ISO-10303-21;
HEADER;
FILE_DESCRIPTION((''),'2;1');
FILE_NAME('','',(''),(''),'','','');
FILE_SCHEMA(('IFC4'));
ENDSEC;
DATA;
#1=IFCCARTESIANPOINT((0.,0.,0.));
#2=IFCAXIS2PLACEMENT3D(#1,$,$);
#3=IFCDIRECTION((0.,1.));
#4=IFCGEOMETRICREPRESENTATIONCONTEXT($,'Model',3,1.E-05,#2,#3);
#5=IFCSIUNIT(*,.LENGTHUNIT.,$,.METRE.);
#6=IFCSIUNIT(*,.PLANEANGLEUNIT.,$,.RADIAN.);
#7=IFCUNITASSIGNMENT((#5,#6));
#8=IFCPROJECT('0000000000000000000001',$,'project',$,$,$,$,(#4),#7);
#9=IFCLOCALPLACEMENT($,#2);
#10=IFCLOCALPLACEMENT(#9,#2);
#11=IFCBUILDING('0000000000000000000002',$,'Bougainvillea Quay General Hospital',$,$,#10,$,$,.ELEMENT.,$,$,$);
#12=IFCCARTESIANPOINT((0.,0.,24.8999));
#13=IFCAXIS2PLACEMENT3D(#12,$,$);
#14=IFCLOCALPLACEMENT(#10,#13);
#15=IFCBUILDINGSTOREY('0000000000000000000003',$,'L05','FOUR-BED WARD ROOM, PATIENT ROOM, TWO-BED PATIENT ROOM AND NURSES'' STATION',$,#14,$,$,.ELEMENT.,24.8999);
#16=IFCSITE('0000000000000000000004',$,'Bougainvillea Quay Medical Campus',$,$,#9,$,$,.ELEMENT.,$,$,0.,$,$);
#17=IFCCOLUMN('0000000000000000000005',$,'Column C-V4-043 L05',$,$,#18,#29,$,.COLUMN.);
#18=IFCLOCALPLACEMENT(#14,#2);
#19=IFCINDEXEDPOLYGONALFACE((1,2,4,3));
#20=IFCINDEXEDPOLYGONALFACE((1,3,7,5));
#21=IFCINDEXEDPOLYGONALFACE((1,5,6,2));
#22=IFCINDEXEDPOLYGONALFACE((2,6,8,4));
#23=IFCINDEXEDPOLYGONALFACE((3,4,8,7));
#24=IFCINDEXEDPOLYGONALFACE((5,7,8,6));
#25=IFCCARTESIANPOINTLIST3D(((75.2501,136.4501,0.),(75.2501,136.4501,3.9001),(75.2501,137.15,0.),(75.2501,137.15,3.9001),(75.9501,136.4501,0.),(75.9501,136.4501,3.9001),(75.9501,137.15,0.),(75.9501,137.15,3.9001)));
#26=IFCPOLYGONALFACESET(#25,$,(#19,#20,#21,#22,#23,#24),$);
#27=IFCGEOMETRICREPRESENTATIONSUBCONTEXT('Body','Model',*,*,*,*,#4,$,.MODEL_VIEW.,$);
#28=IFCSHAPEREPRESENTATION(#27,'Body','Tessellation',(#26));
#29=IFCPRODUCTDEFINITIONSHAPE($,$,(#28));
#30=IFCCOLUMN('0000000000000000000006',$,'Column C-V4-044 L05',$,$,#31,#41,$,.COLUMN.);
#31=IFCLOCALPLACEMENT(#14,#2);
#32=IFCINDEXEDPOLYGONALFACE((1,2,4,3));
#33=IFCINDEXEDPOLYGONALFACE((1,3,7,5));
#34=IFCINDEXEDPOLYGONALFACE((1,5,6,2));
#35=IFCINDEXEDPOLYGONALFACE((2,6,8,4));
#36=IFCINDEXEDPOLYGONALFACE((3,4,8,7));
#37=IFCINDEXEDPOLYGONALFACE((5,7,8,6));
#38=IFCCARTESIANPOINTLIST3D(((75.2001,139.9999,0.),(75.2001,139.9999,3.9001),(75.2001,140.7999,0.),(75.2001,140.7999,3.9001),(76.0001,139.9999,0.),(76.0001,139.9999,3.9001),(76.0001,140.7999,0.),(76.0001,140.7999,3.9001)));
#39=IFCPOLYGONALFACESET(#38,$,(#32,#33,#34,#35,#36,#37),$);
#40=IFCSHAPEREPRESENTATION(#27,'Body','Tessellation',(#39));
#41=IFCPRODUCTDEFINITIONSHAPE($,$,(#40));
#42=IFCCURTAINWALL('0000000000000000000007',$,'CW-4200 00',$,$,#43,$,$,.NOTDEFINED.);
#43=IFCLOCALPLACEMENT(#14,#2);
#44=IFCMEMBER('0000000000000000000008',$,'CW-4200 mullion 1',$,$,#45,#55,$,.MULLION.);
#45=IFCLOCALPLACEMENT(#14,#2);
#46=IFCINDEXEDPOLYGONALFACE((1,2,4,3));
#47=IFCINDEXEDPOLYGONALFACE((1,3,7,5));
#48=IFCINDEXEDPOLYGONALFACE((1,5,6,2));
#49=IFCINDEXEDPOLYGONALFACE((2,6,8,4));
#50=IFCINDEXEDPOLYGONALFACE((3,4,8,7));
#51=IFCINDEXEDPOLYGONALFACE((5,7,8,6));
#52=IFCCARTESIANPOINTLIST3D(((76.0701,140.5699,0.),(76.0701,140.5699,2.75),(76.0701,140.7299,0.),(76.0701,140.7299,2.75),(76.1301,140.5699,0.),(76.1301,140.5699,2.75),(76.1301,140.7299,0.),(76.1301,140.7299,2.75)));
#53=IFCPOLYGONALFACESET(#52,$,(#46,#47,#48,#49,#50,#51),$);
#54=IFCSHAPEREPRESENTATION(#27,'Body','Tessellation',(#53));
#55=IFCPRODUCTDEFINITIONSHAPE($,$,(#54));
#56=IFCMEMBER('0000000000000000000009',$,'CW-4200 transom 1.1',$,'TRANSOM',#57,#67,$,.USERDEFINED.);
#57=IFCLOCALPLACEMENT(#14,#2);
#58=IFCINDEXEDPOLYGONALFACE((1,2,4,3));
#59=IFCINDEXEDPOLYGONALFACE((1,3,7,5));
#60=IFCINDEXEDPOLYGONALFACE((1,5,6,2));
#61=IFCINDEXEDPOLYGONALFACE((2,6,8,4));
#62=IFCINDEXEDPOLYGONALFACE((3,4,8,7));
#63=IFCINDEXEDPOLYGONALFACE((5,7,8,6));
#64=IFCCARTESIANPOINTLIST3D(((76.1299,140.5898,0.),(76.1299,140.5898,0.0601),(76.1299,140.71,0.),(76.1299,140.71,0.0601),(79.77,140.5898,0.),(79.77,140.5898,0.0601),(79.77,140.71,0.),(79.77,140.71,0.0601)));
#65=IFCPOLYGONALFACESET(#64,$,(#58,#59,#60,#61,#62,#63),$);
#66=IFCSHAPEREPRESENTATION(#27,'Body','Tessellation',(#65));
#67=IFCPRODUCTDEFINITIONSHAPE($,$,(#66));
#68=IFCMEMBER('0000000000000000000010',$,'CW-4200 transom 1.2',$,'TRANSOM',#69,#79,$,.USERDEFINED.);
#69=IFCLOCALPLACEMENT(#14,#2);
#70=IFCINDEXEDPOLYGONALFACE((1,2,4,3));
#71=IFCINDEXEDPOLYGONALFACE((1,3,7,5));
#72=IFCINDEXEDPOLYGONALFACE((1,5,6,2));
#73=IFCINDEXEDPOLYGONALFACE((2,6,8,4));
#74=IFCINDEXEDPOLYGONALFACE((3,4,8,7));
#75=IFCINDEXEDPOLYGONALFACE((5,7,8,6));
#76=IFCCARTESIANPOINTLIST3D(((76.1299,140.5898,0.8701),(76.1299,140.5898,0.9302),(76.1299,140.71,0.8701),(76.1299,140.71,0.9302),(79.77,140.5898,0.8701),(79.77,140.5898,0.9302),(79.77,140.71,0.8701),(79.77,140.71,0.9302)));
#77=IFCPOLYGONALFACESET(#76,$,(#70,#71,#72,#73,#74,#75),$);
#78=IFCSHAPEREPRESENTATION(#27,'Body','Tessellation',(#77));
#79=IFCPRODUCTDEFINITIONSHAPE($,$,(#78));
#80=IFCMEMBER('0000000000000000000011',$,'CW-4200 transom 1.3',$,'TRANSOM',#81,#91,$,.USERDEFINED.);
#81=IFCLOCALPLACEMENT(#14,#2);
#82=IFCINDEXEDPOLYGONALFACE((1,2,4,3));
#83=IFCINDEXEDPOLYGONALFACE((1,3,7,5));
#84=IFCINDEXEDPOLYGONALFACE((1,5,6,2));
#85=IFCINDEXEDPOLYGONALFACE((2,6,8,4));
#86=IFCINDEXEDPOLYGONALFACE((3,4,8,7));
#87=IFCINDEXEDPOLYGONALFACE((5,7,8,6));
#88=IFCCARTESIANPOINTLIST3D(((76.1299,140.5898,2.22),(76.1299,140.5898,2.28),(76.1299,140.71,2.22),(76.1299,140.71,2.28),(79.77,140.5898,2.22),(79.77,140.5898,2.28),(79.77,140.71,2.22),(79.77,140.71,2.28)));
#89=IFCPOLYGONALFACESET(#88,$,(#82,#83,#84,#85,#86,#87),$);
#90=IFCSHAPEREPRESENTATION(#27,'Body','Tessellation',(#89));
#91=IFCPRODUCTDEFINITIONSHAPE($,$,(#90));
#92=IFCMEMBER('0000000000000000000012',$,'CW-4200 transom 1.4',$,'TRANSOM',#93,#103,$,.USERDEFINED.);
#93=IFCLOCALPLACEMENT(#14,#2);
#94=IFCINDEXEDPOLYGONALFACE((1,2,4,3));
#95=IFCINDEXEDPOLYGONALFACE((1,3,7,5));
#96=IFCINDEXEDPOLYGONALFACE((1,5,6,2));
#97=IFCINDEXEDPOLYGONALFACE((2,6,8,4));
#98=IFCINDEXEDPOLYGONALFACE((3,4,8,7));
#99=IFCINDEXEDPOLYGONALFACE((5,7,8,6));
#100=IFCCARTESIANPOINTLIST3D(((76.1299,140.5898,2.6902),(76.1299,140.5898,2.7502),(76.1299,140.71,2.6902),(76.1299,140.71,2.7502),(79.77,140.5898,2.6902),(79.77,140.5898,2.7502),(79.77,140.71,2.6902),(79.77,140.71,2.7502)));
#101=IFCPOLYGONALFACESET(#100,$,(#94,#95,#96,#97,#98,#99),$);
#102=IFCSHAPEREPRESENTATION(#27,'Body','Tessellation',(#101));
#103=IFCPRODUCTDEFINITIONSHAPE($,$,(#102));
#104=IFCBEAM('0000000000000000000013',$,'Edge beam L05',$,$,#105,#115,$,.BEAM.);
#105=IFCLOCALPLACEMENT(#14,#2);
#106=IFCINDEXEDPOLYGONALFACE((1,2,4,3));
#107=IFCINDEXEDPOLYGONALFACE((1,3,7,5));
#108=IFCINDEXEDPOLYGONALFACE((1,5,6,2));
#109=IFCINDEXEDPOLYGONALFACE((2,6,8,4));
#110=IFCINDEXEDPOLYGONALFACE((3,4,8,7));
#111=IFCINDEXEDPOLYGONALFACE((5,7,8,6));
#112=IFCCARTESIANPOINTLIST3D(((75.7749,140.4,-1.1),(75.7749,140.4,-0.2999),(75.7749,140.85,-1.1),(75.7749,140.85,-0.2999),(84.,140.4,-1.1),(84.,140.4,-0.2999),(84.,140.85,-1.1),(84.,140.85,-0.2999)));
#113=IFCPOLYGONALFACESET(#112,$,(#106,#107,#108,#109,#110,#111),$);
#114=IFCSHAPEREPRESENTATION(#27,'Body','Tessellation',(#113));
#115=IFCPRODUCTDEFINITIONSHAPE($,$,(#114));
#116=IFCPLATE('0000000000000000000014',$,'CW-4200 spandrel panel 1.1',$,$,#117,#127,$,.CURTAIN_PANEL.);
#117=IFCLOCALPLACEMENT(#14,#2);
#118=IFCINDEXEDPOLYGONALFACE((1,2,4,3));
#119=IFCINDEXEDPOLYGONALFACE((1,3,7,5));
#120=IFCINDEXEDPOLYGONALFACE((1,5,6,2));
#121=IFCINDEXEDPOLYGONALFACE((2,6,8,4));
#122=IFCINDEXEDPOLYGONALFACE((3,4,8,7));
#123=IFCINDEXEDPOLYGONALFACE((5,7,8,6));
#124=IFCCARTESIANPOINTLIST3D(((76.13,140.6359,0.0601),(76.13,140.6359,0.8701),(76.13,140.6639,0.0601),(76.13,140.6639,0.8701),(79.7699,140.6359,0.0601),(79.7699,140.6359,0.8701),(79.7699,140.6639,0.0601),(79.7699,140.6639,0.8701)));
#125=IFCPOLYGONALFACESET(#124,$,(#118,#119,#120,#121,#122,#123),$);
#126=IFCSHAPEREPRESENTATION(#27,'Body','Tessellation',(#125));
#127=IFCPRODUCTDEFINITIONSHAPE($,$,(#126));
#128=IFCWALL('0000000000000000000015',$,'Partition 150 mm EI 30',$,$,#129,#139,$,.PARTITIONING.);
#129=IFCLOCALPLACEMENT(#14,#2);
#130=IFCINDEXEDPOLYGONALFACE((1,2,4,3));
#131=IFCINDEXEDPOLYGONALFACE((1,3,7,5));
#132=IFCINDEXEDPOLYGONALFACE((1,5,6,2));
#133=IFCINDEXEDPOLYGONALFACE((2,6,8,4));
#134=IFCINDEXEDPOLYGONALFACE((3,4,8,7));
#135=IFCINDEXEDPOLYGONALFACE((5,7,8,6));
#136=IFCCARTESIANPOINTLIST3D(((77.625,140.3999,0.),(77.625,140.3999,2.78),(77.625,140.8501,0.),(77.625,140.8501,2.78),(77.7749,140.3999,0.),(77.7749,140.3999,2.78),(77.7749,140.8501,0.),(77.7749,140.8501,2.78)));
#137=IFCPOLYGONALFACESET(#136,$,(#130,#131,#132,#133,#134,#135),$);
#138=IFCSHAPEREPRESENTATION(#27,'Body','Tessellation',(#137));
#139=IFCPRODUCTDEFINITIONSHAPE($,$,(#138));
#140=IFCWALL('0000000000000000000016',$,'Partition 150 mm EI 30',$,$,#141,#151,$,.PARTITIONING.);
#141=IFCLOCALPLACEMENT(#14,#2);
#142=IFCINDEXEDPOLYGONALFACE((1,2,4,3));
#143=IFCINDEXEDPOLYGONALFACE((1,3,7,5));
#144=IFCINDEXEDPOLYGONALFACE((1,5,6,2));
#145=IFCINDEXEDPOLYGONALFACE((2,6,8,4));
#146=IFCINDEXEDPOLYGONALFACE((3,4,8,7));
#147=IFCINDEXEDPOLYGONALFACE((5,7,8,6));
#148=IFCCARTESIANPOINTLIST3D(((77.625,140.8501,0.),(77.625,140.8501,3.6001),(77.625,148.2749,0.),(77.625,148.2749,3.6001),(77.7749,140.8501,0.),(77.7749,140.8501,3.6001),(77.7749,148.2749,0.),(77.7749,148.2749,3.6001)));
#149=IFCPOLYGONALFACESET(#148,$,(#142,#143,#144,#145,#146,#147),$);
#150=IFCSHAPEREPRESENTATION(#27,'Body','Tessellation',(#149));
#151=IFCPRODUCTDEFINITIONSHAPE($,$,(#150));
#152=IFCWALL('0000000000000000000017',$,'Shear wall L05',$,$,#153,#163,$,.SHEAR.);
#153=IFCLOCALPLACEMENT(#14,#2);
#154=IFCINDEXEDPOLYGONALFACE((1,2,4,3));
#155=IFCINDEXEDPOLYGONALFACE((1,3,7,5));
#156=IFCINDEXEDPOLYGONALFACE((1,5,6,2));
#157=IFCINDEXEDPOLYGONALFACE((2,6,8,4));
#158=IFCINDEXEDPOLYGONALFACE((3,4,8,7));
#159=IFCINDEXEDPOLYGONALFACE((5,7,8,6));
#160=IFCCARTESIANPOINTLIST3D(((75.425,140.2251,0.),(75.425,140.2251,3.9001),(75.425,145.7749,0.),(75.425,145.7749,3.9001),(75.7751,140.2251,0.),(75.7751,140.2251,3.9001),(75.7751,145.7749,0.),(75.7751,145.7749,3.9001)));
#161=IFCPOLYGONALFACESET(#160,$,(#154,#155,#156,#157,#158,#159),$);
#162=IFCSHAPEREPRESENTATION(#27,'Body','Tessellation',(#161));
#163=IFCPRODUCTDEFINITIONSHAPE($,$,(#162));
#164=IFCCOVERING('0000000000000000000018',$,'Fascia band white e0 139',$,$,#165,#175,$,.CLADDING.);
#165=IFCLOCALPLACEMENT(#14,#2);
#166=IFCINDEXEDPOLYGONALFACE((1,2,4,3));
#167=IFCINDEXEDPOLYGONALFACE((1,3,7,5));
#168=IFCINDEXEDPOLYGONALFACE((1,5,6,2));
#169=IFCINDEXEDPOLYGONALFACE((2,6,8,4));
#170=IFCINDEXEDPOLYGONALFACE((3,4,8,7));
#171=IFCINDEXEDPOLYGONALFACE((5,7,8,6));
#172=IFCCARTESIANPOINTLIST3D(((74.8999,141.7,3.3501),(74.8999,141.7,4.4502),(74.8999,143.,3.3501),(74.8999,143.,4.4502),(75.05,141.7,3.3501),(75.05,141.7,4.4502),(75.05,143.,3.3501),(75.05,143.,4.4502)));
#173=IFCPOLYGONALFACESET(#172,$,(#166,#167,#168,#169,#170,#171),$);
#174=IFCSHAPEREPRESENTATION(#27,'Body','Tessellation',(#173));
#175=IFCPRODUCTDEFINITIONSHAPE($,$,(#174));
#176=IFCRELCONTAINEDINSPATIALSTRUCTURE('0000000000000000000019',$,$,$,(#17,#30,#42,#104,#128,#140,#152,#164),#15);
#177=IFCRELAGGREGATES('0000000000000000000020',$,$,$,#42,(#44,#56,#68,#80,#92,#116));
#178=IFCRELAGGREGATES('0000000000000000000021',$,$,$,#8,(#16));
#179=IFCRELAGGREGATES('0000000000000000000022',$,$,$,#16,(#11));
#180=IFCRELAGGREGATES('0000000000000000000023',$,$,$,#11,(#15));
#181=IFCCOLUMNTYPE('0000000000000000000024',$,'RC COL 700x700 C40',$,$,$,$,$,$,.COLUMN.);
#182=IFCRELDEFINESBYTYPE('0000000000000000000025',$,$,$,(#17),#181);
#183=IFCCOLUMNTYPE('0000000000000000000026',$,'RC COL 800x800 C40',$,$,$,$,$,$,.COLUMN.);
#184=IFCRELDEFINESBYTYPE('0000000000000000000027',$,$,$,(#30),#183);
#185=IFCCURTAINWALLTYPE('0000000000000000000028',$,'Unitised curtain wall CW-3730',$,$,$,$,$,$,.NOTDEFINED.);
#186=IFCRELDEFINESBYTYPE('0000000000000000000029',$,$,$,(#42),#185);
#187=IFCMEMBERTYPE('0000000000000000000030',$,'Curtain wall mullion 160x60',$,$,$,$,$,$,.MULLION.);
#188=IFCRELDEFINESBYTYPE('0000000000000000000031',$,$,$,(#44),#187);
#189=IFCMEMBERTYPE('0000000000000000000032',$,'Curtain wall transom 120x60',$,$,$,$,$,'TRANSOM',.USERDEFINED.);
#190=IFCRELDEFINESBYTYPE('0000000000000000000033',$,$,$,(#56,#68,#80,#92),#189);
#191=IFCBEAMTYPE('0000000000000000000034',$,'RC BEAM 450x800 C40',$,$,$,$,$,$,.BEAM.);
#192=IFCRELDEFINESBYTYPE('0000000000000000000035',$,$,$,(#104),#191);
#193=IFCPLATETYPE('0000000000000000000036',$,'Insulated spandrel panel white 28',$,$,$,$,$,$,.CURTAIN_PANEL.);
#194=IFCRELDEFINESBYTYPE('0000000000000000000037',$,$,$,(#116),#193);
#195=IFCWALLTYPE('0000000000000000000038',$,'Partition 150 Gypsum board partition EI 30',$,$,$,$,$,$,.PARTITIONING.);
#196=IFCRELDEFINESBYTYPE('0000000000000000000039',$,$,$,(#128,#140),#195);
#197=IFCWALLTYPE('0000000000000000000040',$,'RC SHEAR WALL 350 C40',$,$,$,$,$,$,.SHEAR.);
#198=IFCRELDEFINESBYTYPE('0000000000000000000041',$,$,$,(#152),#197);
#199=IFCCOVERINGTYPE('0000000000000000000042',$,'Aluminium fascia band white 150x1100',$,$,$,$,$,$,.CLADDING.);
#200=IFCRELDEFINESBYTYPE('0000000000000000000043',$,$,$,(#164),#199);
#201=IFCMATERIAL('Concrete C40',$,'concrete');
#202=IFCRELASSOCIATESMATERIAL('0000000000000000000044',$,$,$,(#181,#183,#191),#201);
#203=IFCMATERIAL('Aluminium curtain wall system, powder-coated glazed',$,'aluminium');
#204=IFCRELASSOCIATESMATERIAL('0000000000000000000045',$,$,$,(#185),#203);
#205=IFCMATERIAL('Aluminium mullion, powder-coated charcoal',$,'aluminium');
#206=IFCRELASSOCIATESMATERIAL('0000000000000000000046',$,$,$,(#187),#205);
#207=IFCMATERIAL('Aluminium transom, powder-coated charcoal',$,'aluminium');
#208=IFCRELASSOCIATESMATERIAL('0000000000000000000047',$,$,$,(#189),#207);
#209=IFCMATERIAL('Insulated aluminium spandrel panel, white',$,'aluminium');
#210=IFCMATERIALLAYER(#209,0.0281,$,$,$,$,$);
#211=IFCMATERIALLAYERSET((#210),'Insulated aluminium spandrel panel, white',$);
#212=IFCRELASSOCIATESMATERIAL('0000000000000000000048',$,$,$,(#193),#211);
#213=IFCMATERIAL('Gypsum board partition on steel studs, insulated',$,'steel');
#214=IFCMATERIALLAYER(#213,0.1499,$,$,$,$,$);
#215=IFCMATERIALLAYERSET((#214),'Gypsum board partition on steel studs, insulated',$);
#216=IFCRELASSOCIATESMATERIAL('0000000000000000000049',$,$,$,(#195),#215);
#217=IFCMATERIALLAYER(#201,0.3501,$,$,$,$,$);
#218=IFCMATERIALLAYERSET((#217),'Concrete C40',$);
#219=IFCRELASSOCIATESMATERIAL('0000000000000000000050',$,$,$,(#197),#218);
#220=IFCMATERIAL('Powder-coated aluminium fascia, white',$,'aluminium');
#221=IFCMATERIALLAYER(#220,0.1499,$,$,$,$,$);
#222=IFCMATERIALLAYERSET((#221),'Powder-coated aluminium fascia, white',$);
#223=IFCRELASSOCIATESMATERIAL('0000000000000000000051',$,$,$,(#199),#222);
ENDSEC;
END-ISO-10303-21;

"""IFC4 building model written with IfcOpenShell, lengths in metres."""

from ifc_helpers import new_model, si_unit, direction, frame, frame_2d, origin, origin_2d, place, context, subcontext, project, spatial, polyline, rectangle, outline, extrude, material, layer, layer_set, material_profile, profile_set, type_object, element, aggregate, save


model = new_model("IFC4")

# Units and contexts
model_context = context("Model", 3, precision=1e-05, world=origin(), true_north=direction((0.0, 1.0)))
body_context = subcontext(model_context, "Body", "Model", "MODEL_VIEW")
ifc_project = project(units=[si_unit("LENGTHUNIT", "METRE"), si_unit("PLANEANGLEUNIT", "RADIAN")], contexts=[model_context])

# Site, building, storey
site_placement = place(None, origin())
site = spatial("IfcSite", under=ifc_project, at=site_placement, Name="Bougainvillea Quay Medical Campus", CompositionType="ELEMENT", RefElevation=0.0)
building_placement = place(site_placement, origin())
building = spatial("IfcBuilding", under=site, at=building_placement, Name="Bougainvillea Quay General Hospital", CompositionType="ELEMENT")
storey_placement = place(building_placement, frame((0.0, 0.0, 24.8999)))
storey = spatial("IfcBuildingStorey", under=building, at=storey_placement, Name="L05", Description="FOUR-BED WARD ROOM, PATIENT ROOM, TWO-BED PATIENT ROOM AND NURSES' STATION", CompositionType="ELEMENT", Elevation=24.8999)

# Columns
ifc_material_1 = material(Name="Concrete C40", Category="concrete")
ifc_material_profile_1 = material_profile(ifc_material_1, rectangle(XDim=0.7, YDim=0.7, at=origin_2d()))
ifc_profile_set_1 = profile_set([ifc_material_profile_1], Name="Concrete C40")
column_type_1 = type_object("IfcColumnType", Name="RC COL 700x700 C40", PredefinedType="COLUMN", material=ifc_profile_set_1)
column_1_placement = place(storey_placement, frame((75.6001, 136.8, 0.0), z_axis=(0.0, 0.0, 1.0), x_axis=(1.0, 0.0, 0.0)))
element("IfcColumn", 1, at=column_1_placement, inside=storey, type_object=column_type_1, Name="Column C-V4-043 L05", PredefinedType="COLUMN", context=body_context, shape_type="SweptSolid", body=[
    extrude(rectangle(XDim=0.7, YDim=0.7, at=origin_2d()), origin(), (0.0, 0.0, 1.0), 3.9001),
])
ifc_material_profile_2 = material_profile(ifc_material_1, rectangle(XDim=0.8, YDim=0.8, at=origin_2d()))
ifc_profile_set_2 = profile_set([ifc_material_profile_2], Name="Concrete C40")
column_type_2 = type_object("IfcColumnType", Name="RC COL 800x800 C40", PredefinedType="COLUMN", material=ifc_profile_set_2)
column_2_placement = place(storey_placement, frame((75.6001, 140.3999, 0.0), z_axis=(0.0, 0.0, 1.0), x_axis=(1.0, 0.0, 0.0)))
element("IfcColumn", 2, at=column_2_placement, inside=storey, type_object=column_type_2, Name="Column C-V4-044 L05", PredefinedType="COLUMN", context=body_context, shape_type="SweptSolid", body=[
    extrude(rectangle(XDim=0.8, YDim=0.8, at=origin_2d()), origin(), (0.0, 0.0, 1.0), 3.9001),
])

# Curtain wall, members
ifc_material_2 = material(Name="Aluminium curtain wall system, powder-coated glazed", Category="aluminium")
curtain_wall_type = type_object("IfcCurtainWallType", Name="Unitised curtain wall CW-3730", PredefinedType="NOTDEFINED", material=ifc_material_2)
curtain_wall_placement = place(storey_placement, origin())
curtain_wall = element("IfcCurtainWall", 3, at=curtain_wall_placement, inside=storey, type_object=curtain_wall_type, Name="CW-4200 00", PredefinedType="NOTDEFINED")
ifc_material_3 = material(Name="Aluminium mullion, powder-coated charcoal", Category="aluminium")
ifc_material_profile_3 = material_profile(ifc_material_3, rectangle(XDim=0.1599, YDim=0.0601, at=origin_2d()))
ifc_profile_set_3 = profile_set([ifc_material_profile_3], Name="Aluminium mullion, powder-coated charcoal")
member_type_1 = type_object("IfcMemberType", Name="Curtain wall mullion 160x60", PredefinedType="MULLION", material=ifc_profile_set_3)
member_1_placement = place(storey_placement, frame((76.1001, 140.6499, 0.0), z_axis=(0.0, 0.0, 1.0), x_axis=(0.0, 1.0, 0.0)))
member_1 = element("IfcMember", 4, at=member_1_placement, type_object=member_type_1, Name="CW-4200 mullion 1", PredefinedType="MULLION", context=body_context, shape_type="SweptSolid", body=[
    extrude(rectangle(XDim=0.1599, YDim=0.0601, at=origin_2d()), origin(), (0.0, 0.0, 1.0), 2.75),
])
ifc_material_4 = material(Name="Aluminium transom, powder-coated charcoal", Category="aluminium")
ifc_material_profile_4 = material_profile(ifc_material_4, rectangle(XDim=0.1201, YDim=0.0601, at=origin_2d()))
ifc_profile_set_4 = profile_set([ifc_material_profile_4], Name="Aluminium transom, powder-coated charcoal")
member_type_2 = type_object("IfcMemberType", Name="Curtain wall transom 120x60", ElementType="TRANSOM", PredefinedType="USERDEFINED", material=ifc_profile_set_4)
member_2_placement = place(storey_placement, frame((76.1299, 140.6499, 0.03), z_axis=(1.0, 0.0, 0.0), x_axis=(0.0, 1.0, 0.0)))
member_2 = element("IfcMember", 5, at=member_2_placement, type_object=member_type_2, Name="CW-4200 transom 1.1", ObjectType="TRANSOM", PredefinedType="USERDEFINED", context=body_context, shape_type="SweptSolid", body=[
    extrude(rectangle(XDim=0.1201, YDim=0.0601, at=origin_2d()), origin(), (0.0, 0.0, 1.0), 3.6401),
])
member_3_placement = place(storey_placement, frame((76.1299, 140.6499, 0.9001), z_axis=(1.0, 0.0, 0.0), x_axis=(0.0, 1.0, 0.0)))
member_3 = element("IfcMember", 6, at=member_3_placement, type_object=member_type_2, Name="CW-4200 transom 1.2", ObjectType="TRANSOM", PredefinedType="USERDEFINED", context=body_context, shape_type="SweptSolid", body=[
    extrude(rectangle(XDim=0.1201, YDim=0.0601, at=origin_2d()), origin(), (0.0, 0.0, 1.0), 3.6401),
])
member_4_placement = place(storey_placement, frame((76.1299, 140.6499, 2.25), z_axis=(1.0, 0.0, 0.0), x_axis=(0.0, 1.0, 0.0)))
member_4 = element("IfcMember", 7, at=member_4_placement, type_object=member_type_2, Name="CW-4200 transom 1.3", ObjectType="TRANSOM", PredefinedType="USERDEFINED", context=body_context, shape_type="SweptSolid", body=[
    extrude(rectangle(XDim=0.1201, YDim=0.0601, at=origin_2d()), origin(), (0.0, 0.0, 1.0), 3.6401),
])
member_5_placement = place(storey_placement, frame((76.1299, 140.6499, 2.7202), z_axis=(1.0, 0.0, 0.0), x_axis=(0.0, 1.0, 0.0)))
member_5 = element("IfcMember", 8, at=member_5_placement, type_object=member_type_2, Name="CW-4200 transom 1.4", ObjectType="TRANSOM", PredefinedType="USERDEFINED", context=body_context, shape_type="SweptSolid", body=[
    extrude(rectangle(XDim=0.1201, YDim=0.0601, at=origin_2d()), origin(), (0.0, 0.0, 1.0), 3.6401),
])

# Beam
ifc_material_profile_5 = material_profile(ifc_material_1, rectangle(XDim=0.45, YDim=0.8, at=origin_2d()))
ifc_profile_set_5 = profile_set([ifc_material_profile_5], Name="Concrete C40")
beam_type = type_object("IfcBeamType", Name="RC BEAM 450x800 C40", PredefinedType="BEAM", material=ifc_profile_set_5)
beam_placement = place(storey_placement, frame((75.7749, 140.625, -0.7), z_axis=(1.0, 0.0, 0.0), x_axis=(0.0, 1.0, 0.0)))
element("IfcBeam", 9, at=beam_placement, inside=storey, type_object=beam_type, Name="Edge beam L05", PredefinedType="BEAM", context=body_context, shape_type="SweptSolid", body=[
    extrude(rectangle(XDim=0.45, YDim=0.8, at=origin_2d()), origin(), (0.0, 0.0, 1.0), 8.2251),
])

# Plate
ifc_material_5 = material(Name="Insulated aluminium spandrel panel, white", Category="aluminium")
ifc_layer_1 = layer(ifc_material_5, 0.0281)
ifc_layer_set_1 = layer_set([ifc_layer_1], Name="Insulated aluminium spandrel panel, white")
plate_type = type_object("IfcPlateType", Name="Insulated spandrel panel white 28", PredefinedType="CURTAIN_PANEL", material=ifc_layer_set_1)
plate_placement = place(storey_placement, frame((77.95, 140.6499, 0.0601), z_axis=(0.0, 0.0, 1.0), x_axis=(1.0, 0.0, 0.0)))
plate = element("IfcPlate", 10, at=plate_placement, type_object=plate_type, Name="CW-4200 spandrel panel 1.1", PredefinedType="CURTAIN_PANEL", context=body_context, shape_type="SweptSolid", body=[
    extrude(rectangle(XDim=3.6399, YDim=0.0281, at=origin_2d()), origin(), (0.0, 0.0, 1.0), 0.8101),
])
aggregate(curtain_wall, [member_1, member_2, member_3, member_4, member_5, plate])

# Walls
ifc_material_6 = material(Name="Gypsum board partition on steel studs, insulated", Category="steel")
ifc_layer_2 = layer(ifc_material_6, 0.1499)
ifc_layer_set_2 = layer_set([ifc_layer_2], Name="Gypsum board partition on steel studs, insulated")
wall_type_1 = type_object("IfcWallType", Name="Partition 150 Gypsum board partition EI 30", PredefinedType="PARTITIONING", material=ifc_layer_set_2)
wall_1_placement = place(storey_placement, frame((77.7, 140.3999, 0.0), z_axis=(0.0, 0.0, 1.0), x_axis=(0.0, 1.0, 0.0)))
element("IfcWall", 11, at=wall_1_placement, inside=storey, type_object=wall_type_1, Name="Partition 150 mm EI 30", PredefinedType="PARTITIONING", context=body_context, shape_type="SweptSolid", body=[
    extrude(rectangle(XDim=0.4502, YDim=0.1499, at=frame_2d((0.2251, 0.0))), origin(), (0.0, 0.0, 1.0), 2.78),
])
wall_2_placement = place(storey_placement, frame((77.7, 140.8501, 0.0), z_axis=(0.0, 0.0, 1.0), x_axis=(0.0, 1.0, 0.0)))
element("IfcWall", 12, at=wall_2_placement, inside=storey, type_object=wall_type_1, Name="Partition 150 mm EI 30", PredefinedType="PARTITIONING", context=body_context, shape_type="SweptSolid", body=[
    extrude(rectangle(XDim=7.4248, YDim=0.1499, at=frame_2d((3.7124, 0.0))), origin(), (0.0, 0.0, 1.0), 3.6001),
])
ifc_layer_3 = layer(ifc_material_1, 0.3501)
ifc_layer_set_3 = layer_set([ifc_layer_3], Name="Concrete C40")
wall_type_2 = type_object("IfcWallType", Name="RC SHEAR WALL 350 C40", PredefinedType="SHEAR", material=ifc_layer_set_3)
wall_3_placement = place(storey_placement, frame((75.6001, 140.2251, 0.0), z_axis=(0.0, 0.0, 1.0), x_axis=(0.0, 1.0, 0.0)))
element("IfcWall", 13, at=wall_3_placement, inside=storey, type_object=wall_type_2, Name="Shear wall L05", PredefinedType="SHEAR", context=body_context, shape_type="SweptSolid", body=[
    extrude(rectangle(XDim=5.5498, YDim=0.3501, at=frame_2d((2.7749, 0.0))), origin(), (0.0, 0.0, 1.0), 3.9001),
])

# Covering
ifc_material_7 = material(Name="Powder-coated aluminium fascia, white", Category="aluminium")
ifc_layer_4 = layer(ifc_material_7, 0.1499)
ifc_layer_set_4 = layer_set([ifc_layer_4], Name="Powder-coated aluminium fascia, white")
covering_type = type_object("IfcCoveringType", Name="Aluminium fascia band white 150x1100", PredefinedType="CLADDING", material=ifc_layer_set_4)
covering_1_placement = place(storey_placement, frame((75.05, 143.0, 3.3501), z_axis=(0.0, 0.0, 1.0), x_axis=(0.0, -1.0, 0.0)))
element("IfcCovering", 14, at=covering_1_placement, inside=storey, type_object=covering_type, Name="Fascia band white e0 139", PredefinedType="CLADDING", context=body_context, shape_type="SweptSolid", body=[
    extrude(outline(polyline([(0.0, 0.0), (1.3, 0.0), (1.3, -0.1501), (0.0, -0.1501), (0.0, 0.0)])), origin(), (0.0, 0.0, 1.0), 1.1001),
])

save(model, "model.ifc")
